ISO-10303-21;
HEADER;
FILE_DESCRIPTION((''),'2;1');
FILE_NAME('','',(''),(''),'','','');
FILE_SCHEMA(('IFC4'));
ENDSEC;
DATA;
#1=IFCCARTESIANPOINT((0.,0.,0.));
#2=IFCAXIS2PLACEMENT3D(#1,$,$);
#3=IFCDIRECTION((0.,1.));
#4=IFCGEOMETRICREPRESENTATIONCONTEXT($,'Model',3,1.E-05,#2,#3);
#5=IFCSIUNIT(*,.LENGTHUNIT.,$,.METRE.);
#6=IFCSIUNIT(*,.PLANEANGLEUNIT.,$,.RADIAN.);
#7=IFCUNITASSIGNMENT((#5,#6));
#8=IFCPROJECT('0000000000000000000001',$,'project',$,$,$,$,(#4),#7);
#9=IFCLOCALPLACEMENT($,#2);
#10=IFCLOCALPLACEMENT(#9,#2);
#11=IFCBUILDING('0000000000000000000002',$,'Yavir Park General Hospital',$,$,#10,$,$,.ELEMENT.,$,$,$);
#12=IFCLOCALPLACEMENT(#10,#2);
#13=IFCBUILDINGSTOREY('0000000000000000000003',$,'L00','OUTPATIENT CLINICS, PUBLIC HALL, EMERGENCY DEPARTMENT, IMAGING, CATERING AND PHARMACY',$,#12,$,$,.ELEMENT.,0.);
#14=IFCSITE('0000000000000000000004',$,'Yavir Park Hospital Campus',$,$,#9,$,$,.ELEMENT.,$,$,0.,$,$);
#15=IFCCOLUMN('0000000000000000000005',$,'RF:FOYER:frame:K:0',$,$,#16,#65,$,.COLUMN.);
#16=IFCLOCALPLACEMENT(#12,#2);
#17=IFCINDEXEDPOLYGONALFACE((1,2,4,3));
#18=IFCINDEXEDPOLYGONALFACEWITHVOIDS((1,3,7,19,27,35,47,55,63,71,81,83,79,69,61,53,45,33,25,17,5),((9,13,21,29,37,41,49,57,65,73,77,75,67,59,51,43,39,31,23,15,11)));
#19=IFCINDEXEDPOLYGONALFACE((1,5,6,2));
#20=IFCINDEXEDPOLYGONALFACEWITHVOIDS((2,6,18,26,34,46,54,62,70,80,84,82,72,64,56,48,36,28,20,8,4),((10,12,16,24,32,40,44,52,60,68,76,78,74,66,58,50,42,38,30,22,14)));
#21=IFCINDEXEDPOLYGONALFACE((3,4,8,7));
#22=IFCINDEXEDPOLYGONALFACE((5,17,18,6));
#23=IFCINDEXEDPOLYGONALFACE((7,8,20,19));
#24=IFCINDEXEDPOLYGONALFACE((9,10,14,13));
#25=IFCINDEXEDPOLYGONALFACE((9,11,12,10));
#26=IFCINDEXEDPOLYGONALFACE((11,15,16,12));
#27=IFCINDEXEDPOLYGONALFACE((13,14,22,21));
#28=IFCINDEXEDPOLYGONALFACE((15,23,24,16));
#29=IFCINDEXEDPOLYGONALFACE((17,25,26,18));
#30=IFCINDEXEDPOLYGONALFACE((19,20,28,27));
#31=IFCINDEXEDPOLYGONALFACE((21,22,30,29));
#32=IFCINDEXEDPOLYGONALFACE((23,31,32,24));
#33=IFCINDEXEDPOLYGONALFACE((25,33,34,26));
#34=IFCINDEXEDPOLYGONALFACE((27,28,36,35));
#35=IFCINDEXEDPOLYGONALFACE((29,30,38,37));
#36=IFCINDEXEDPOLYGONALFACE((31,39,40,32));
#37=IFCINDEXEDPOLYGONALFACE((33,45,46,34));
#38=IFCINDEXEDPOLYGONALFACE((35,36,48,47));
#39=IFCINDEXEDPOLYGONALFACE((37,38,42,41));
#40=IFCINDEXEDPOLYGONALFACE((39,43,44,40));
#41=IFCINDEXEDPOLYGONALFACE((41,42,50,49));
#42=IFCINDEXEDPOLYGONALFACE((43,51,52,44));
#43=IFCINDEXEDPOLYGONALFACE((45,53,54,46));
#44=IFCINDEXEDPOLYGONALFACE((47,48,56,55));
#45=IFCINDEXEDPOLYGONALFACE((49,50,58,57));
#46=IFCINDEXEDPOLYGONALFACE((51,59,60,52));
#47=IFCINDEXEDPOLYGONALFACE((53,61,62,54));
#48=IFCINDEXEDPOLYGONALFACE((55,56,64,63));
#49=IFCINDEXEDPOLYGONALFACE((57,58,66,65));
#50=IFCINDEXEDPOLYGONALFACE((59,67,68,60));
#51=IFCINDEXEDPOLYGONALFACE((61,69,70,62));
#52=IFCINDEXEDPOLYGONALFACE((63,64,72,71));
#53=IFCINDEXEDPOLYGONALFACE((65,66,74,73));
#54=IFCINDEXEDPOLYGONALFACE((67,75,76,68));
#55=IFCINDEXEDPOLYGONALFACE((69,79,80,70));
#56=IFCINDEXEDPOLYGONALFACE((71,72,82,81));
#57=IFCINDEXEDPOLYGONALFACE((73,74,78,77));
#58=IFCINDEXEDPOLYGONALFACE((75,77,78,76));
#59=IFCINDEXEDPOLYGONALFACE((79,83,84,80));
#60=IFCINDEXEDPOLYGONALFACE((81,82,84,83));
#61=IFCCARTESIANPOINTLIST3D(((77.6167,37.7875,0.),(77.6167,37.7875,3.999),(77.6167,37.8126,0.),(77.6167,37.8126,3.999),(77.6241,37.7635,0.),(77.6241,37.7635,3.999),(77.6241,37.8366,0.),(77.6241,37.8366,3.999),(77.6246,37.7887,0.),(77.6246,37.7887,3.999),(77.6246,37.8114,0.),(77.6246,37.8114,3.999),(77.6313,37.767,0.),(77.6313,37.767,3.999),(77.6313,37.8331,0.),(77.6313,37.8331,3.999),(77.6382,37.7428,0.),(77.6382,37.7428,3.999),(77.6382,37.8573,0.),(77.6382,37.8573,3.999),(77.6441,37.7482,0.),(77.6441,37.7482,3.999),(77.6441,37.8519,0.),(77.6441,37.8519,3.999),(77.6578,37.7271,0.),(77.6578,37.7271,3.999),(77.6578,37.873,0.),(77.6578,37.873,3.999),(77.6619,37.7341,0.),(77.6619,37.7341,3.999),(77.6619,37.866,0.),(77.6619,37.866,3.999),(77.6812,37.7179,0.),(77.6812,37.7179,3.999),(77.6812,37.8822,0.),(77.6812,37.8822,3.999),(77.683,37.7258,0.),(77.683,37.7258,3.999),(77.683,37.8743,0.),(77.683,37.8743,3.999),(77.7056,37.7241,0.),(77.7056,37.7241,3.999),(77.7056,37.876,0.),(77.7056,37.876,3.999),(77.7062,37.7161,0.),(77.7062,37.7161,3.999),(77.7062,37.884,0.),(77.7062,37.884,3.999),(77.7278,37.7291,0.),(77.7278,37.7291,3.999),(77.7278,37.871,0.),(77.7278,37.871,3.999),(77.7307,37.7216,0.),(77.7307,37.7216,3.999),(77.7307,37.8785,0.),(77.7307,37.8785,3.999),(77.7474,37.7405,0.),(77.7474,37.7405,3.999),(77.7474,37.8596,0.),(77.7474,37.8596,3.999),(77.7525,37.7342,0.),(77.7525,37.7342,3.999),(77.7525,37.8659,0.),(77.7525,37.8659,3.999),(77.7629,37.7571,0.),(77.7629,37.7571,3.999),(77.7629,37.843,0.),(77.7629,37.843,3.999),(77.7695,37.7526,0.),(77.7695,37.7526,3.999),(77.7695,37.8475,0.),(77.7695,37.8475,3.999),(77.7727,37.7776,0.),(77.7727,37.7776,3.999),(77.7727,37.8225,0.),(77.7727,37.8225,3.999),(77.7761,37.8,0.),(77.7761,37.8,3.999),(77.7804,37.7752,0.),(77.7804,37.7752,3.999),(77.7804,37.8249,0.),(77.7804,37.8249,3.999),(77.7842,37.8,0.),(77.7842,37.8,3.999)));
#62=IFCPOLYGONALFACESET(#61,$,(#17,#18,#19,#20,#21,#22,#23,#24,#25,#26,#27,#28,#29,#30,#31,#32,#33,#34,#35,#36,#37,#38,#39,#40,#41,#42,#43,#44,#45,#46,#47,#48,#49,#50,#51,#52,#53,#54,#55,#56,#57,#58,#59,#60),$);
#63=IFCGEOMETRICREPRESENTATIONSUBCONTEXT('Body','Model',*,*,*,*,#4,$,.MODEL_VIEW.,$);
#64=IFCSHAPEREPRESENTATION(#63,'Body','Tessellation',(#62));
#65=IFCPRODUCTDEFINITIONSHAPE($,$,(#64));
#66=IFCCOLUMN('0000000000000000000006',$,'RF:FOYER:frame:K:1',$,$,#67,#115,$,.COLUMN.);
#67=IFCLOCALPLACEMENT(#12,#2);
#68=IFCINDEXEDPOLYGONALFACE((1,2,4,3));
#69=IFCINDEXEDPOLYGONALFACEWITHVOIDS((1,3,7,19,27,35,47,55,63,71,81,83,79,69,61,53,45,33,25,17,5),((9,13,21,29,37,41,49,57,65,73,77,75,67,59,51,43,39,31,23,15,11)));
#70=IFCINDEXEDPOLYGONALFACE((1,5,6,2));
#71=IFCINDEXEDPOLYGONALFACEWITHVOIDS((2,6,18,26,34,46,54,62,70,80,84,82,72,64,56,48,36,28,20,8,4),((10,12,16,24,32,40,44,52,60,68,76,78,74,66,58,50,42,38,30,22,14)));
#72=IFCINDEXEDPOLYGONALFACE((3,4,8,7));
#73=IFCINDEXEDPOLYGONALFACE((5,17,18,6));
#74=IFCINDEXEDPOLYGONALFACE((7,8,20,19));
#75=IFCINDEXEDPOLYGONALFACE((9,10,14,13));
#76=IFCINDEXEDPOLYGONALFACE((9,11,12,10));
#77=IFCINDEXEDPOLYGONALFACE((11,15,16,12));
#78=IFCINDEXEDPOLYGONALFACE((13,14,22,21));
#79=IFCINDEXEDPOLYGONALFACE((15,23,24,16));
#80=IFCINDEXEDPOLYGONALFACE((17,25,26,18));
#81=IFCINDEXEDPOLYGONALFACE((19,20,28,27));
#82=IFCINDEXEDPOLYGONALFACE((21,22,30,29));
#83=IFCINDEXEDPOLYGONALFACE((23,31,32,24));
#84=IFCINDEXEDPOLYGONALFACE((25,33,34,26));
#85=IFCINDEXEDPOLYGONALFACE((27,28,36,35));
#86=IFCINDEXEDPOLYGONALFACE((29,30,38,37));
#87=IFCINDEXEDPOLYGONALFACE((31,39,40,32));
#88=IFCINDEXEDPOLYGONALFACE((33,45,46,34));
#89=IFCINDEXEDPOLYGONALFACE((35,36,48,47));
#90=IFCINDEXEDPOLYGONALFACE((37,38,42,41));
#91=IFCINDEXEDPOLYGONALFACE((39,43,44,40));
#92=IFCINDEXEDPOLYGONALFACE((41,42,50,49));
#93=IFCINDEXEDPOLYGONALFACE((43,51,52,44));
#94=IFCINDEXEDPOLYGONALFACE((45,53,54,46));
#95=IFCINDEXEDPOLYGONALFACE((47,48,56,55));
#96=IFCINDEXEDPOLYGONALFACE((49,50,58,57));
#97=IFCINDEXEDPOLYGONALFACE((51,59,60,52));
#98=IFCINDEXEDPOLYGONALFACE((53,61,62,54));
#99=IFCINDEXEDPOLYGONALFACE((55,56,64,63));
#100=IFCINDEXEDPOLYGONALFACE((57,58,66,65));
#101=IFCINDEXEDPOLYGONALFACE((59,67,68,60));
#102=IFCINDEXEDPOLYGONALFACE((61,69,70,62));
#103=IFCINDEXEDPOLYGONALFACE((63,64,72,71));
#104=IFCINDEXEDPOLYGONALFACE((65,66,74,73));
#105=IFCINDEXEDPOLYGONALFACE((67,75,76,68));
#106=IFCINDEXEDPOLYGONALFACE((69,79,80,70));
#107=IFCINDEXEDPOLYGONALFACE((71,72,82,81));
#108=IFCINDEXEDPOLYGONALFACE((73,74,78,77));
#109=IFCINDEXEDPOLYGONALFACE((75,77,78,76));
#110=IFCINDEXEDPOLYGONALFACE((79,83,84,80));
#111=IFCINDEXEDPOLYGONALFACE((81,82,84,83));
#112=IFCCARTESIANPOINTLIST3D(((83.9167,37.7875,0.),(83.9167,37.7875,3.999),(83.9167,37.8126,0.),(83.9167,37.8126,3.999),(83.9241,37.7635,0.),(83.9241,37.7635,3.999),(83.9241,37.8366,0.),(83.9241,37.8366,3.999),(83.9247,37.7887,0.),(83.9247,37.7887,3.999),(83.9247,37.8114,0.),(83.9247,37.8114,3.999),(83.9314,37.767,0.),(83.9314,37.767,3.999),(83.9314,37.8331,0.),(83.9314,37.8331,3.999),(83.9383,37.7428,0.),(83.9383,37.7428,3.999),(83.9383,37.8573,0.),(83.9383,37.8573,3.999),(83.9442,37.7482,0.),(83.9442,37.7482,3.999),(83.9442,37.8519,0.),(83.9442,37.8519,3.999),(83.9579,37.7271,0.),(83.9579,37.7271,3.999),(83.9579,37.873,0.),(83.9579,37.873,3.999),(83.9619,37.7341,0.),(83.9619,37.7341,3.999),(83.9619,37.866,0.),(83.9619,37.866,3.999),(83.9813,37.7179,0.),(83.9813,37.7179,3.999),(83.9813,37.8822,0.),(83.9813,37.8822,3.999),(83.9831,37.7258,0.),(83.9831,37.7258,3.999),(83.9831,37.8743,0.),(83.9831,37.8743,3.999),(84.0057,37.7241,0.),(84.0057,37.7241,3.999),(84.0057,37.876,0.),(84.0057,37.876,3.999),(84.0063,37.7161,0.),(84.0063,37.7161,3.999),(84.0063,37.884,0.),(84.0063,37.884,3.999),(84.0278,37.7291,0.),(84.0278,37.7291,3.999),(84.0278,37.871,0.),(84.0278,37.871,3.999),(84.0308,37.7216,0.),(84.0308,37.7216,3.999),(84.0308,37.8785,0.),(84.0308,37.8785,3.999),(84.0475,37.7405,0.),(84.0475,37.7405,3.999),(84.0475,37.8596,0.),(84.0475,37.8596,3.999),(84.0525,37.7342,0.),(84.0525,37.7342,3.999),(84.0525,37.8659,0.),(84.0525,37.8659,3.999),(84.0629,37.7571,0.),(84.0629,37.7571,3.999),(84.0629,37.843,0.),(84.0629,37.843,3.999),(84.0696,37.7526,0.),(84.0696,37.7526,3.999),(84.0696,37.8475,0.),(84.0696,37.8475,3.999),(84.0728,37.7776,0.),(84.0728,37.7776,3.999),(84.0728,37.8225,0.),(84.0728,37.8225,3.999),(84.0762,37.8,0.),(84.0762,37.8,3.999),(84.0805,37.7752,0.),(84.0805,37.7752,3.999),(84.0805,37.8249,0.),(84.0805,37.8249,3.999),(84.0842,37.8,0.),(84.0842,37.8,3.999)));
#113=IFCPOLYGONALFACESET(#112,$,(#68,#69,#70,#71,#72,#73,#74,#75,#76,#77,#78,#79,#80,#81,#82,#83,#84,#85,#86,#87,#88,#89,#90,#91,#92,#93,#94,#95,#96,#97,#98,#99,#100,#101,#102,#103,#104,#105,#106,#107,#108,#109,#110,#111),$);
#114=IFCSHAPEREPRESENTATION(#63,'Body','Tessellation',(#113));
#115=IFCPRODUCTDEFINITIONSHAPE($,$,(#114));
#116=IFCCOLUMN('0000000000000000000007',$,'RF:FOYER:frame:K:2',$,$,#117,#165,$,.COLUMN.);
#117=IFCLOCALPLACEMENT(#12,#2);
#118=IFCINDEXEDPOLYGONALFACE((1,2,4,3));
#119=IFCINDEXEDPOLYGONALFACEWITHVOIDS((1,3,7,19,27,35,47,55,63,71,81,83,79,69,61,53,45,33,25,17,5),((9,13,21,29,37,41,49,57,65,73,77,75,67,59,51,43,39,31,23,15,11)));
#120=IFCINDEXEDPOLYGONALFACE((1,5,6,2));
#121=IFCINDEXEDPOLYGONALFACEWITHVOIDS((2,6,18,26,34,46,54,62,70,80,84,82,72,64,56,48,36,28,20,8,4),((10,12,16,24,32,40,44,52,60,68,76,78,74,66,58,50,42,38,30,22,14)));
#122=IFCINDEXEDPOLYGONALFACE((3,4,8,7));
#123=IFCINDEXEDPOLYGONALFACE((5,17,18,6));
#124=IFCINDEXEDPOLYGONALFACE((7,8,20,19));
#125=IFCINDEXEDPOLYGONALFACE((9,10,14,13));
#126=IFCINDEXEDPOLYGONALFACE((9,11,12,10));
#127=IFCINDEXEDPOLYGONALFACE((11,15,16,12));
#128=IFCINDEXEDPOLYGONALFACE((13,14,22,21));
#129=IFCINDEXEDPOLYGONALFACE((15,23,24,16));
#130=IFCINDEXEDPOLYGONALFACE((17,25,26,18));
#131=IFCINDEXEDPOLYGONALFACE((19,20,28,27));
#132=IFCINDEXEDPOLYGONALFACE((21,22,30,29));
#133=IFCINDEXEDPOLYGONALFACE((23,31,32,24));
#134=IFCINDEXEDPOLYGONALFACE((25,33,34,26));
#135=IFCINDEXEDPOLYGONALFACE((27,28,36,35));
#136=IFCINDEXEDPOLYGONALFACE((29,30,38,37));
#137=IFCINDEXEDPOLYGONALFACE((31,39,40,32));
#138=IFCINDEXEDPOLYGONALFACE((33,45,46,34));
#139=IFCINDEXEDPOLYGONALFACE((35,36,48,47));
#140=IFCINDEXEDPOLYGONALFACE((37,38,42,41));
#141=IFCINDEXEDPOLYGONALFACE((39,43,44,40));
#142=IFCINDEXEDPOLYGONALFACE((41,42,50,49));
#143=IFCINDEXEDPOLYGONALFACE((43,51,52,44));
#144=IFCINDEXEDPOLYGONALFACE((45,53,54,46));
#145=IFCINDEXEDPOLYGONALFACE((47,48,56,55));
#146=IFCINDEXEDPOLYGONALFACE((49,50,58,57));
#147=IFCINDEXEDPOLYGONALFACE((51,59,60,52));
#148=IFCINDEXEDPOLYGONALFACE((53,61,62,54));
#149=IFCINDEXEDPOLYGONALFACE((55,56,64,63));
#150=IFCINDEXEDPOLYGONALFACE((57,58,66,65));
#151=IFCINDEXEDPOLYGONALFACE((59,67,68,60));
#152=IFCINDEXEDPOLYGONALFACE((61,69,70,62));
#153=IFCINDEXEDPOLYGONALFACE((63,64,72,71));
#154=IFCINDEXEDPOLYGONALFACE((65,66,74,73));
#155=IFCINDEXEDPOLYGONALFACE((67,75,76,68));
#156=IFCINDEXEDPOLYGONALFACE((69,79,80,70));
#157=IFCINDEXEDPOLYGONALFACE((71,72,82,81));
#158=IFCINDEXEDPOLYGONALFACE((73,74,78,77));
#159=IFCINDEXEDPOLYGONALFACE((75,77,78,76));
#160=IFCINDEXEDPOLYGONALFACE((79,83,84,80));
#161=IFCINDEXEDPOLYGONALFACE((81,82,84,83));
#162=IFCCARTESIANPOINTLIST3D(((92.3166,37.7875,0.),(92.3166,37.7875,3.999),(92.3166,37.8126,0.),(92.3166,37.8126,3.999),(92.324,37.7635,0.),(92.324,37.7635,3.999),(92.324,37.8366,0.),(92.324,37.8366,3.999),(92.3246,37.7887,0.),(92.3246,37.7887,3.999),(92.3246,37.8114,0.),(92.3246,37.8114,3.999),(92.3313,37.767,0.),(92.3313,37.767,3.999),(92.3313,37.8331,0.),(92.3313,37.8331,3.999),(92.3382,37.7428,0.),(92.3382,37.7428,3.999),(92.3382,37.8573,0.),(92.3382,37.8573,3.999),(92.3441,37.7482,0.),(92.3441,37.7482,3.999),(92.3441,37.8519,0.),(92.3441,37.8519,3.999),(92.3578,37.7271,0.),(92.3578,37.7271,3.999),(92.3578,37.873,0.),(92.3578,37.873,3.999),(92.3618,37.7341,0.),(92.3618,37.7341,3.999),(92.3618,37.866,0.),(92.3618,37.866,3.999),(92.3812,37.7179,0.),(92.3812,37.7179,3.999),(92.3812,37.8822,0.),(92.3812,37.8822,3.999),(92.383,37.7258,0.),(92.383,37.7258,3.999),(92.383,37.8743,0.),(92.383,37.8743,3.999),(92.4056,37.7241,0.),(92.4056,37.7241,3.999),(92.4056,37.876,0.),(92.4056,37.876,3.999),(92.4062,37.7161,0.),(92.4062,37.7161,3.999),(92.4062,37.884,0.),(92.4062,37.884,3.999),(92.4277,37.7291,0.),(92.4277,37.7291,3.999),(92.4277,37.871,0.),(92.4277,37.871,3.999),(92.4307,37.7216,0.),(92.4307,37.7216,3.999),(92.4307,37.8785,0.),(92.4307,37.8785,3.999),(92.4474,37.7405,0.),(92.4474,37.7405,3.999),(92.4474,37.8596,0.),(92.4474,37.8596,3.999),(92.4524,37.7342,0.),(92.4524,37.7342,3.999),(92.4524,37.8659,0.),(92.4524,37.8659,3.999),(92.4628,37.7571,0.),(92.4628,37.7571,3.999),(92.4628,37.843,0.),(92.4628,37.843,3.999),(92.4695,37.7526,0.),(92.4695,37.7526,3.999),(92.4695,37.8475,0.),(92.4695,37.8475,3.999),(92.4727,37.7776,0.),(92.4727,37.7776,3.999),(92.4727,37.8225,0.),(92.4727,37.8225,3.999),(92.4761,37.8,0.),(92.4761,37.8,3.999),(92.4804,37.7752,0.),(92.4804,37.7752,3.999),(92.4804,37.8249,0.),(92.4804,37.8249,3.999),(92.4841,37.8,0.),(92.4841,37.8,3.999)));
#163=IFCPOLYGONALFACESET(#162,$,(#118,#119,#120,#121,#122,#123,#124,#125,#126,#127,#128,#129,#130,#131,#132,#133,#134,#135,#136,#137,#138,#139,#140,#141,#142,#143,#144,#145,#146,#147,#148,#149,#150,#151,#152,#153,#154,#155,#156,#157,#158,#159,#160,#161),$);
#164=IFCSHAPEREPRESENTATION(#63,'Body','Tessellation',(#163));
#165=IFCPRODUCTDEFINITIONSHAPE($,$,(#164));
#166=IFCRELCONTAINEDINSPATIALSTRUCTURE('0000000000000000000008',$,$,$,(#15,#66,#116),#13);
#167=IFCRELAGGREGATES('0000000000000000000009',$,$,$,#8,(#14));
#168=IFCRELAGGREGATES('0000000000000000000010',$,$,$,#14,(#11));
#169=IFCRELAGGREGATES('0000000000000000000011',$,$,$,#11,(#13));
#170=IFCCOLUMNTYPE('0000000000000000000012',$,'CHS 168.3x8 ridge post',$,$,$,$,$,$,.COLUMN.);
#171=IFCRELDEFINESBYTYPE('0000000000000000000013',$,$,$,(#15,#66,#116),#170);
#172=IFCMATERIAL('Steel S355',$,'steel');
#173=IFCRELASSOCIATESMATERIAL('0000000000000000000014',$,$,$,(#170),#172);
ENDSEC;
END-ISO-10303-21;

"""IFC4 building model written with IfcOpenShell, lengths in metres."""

from ifc_helpers import new_model, si_unit, direction, frame, origin, origin_2d, place, context, subcontext, project, spatial, hollow_circle, extrude, material, material_profile, profile_set, type_object, element, save


model = new_model("IFC4")

# Units and contexts
model_context = context("Model", 3, precision=1e-05, world=origin(), true_north=direction((0.0, 1.0)))
body_context = subcontext(model_context, "Body", "Model", "MODEL_VIEW")
ifc_project = project(units=[si_unit("LENGTHUNIT", "METRE"), si_unit("PLANEANGLEUNIT", "RADIAN")], contexts=[model_context])

# Site, building, storey
site_placement = place(None, origin())
site = spatial("IfcSite", under=ifc_project, at=site_placement, Name="Yavir Park Hospital Campus", CompositionType="ELEMENT", RefElevation=0.0)
building_placement = place(site_placement, origin())
building = spatial("IfcBuilding", under=site, at=building_placement, Name="Yavir Park General Hospital", CompositionType="ELEMENT")
storey_placement = place(building_placement, origin())
storey = spatial("IfcBuildingStorey", under=building, at=storey_placement, Name="L00", Description="OUTPATIENT CLINICS, PUBLIC HALL, EMERGENCY DEPARTMENT, IMAGING, CATERING AND PHARMACY", CompositionType="ELEMENT", Elevation=0.0)

# Columns
ifc_material_1 = material(Name="Steel S355", Category="steel")
ifc_material_profile_1 = material_profile(ifc_material_1, hollow_circle(Radius=0.0842, WallThickness=0.0081, at=origin_2d()), Name="CHS168.3x8")
ifc_profile_set_1 = profile_set([ifc_material_profile_1], Name="Steel S355")
column_type = type_object("IfcColumnType", Name="CHS 168.3x8 ridge post", PredefinedType="COLUMN", material=ifc_profile_set_1)
for number, where, z_axis, x_axis, name in (
    (1, (77.7, 37.8, 0.0), (0.0, 0.0, 1.0), (1.0, 0.0, 0.0), "RF:FOYER:frame:K:0"),
    (2, (84.0, 37.8, 0.0), (0.0, 0.0, 1.0), (1.0, 0.0, 0.0), "RF:FOYER:frame:K:1"),
    (3, (92.3999, 37.8, 0.0), (0.0, 0.0, 1.0), (1.0, 0.0, 0.0), "RF:FOYER:frame:K:2"),
):
    element("IfcColumn", number, at=place(storey_placement, frame(where, z_axis=z_axis, x_axis=x_axis)), inside=storey, type_object=column_type, Name=name, PredefinedType="COLUMN", context=body_context, shape_type="SweptSolid", body=[
        extrude(hollow_circle(Radius=0.0842, WallThickness=0.0081, at=origin_2d()), origin(), (0.0, 0.0, 1.0), 3.999),
    ])

save(model, "model.ifc")
